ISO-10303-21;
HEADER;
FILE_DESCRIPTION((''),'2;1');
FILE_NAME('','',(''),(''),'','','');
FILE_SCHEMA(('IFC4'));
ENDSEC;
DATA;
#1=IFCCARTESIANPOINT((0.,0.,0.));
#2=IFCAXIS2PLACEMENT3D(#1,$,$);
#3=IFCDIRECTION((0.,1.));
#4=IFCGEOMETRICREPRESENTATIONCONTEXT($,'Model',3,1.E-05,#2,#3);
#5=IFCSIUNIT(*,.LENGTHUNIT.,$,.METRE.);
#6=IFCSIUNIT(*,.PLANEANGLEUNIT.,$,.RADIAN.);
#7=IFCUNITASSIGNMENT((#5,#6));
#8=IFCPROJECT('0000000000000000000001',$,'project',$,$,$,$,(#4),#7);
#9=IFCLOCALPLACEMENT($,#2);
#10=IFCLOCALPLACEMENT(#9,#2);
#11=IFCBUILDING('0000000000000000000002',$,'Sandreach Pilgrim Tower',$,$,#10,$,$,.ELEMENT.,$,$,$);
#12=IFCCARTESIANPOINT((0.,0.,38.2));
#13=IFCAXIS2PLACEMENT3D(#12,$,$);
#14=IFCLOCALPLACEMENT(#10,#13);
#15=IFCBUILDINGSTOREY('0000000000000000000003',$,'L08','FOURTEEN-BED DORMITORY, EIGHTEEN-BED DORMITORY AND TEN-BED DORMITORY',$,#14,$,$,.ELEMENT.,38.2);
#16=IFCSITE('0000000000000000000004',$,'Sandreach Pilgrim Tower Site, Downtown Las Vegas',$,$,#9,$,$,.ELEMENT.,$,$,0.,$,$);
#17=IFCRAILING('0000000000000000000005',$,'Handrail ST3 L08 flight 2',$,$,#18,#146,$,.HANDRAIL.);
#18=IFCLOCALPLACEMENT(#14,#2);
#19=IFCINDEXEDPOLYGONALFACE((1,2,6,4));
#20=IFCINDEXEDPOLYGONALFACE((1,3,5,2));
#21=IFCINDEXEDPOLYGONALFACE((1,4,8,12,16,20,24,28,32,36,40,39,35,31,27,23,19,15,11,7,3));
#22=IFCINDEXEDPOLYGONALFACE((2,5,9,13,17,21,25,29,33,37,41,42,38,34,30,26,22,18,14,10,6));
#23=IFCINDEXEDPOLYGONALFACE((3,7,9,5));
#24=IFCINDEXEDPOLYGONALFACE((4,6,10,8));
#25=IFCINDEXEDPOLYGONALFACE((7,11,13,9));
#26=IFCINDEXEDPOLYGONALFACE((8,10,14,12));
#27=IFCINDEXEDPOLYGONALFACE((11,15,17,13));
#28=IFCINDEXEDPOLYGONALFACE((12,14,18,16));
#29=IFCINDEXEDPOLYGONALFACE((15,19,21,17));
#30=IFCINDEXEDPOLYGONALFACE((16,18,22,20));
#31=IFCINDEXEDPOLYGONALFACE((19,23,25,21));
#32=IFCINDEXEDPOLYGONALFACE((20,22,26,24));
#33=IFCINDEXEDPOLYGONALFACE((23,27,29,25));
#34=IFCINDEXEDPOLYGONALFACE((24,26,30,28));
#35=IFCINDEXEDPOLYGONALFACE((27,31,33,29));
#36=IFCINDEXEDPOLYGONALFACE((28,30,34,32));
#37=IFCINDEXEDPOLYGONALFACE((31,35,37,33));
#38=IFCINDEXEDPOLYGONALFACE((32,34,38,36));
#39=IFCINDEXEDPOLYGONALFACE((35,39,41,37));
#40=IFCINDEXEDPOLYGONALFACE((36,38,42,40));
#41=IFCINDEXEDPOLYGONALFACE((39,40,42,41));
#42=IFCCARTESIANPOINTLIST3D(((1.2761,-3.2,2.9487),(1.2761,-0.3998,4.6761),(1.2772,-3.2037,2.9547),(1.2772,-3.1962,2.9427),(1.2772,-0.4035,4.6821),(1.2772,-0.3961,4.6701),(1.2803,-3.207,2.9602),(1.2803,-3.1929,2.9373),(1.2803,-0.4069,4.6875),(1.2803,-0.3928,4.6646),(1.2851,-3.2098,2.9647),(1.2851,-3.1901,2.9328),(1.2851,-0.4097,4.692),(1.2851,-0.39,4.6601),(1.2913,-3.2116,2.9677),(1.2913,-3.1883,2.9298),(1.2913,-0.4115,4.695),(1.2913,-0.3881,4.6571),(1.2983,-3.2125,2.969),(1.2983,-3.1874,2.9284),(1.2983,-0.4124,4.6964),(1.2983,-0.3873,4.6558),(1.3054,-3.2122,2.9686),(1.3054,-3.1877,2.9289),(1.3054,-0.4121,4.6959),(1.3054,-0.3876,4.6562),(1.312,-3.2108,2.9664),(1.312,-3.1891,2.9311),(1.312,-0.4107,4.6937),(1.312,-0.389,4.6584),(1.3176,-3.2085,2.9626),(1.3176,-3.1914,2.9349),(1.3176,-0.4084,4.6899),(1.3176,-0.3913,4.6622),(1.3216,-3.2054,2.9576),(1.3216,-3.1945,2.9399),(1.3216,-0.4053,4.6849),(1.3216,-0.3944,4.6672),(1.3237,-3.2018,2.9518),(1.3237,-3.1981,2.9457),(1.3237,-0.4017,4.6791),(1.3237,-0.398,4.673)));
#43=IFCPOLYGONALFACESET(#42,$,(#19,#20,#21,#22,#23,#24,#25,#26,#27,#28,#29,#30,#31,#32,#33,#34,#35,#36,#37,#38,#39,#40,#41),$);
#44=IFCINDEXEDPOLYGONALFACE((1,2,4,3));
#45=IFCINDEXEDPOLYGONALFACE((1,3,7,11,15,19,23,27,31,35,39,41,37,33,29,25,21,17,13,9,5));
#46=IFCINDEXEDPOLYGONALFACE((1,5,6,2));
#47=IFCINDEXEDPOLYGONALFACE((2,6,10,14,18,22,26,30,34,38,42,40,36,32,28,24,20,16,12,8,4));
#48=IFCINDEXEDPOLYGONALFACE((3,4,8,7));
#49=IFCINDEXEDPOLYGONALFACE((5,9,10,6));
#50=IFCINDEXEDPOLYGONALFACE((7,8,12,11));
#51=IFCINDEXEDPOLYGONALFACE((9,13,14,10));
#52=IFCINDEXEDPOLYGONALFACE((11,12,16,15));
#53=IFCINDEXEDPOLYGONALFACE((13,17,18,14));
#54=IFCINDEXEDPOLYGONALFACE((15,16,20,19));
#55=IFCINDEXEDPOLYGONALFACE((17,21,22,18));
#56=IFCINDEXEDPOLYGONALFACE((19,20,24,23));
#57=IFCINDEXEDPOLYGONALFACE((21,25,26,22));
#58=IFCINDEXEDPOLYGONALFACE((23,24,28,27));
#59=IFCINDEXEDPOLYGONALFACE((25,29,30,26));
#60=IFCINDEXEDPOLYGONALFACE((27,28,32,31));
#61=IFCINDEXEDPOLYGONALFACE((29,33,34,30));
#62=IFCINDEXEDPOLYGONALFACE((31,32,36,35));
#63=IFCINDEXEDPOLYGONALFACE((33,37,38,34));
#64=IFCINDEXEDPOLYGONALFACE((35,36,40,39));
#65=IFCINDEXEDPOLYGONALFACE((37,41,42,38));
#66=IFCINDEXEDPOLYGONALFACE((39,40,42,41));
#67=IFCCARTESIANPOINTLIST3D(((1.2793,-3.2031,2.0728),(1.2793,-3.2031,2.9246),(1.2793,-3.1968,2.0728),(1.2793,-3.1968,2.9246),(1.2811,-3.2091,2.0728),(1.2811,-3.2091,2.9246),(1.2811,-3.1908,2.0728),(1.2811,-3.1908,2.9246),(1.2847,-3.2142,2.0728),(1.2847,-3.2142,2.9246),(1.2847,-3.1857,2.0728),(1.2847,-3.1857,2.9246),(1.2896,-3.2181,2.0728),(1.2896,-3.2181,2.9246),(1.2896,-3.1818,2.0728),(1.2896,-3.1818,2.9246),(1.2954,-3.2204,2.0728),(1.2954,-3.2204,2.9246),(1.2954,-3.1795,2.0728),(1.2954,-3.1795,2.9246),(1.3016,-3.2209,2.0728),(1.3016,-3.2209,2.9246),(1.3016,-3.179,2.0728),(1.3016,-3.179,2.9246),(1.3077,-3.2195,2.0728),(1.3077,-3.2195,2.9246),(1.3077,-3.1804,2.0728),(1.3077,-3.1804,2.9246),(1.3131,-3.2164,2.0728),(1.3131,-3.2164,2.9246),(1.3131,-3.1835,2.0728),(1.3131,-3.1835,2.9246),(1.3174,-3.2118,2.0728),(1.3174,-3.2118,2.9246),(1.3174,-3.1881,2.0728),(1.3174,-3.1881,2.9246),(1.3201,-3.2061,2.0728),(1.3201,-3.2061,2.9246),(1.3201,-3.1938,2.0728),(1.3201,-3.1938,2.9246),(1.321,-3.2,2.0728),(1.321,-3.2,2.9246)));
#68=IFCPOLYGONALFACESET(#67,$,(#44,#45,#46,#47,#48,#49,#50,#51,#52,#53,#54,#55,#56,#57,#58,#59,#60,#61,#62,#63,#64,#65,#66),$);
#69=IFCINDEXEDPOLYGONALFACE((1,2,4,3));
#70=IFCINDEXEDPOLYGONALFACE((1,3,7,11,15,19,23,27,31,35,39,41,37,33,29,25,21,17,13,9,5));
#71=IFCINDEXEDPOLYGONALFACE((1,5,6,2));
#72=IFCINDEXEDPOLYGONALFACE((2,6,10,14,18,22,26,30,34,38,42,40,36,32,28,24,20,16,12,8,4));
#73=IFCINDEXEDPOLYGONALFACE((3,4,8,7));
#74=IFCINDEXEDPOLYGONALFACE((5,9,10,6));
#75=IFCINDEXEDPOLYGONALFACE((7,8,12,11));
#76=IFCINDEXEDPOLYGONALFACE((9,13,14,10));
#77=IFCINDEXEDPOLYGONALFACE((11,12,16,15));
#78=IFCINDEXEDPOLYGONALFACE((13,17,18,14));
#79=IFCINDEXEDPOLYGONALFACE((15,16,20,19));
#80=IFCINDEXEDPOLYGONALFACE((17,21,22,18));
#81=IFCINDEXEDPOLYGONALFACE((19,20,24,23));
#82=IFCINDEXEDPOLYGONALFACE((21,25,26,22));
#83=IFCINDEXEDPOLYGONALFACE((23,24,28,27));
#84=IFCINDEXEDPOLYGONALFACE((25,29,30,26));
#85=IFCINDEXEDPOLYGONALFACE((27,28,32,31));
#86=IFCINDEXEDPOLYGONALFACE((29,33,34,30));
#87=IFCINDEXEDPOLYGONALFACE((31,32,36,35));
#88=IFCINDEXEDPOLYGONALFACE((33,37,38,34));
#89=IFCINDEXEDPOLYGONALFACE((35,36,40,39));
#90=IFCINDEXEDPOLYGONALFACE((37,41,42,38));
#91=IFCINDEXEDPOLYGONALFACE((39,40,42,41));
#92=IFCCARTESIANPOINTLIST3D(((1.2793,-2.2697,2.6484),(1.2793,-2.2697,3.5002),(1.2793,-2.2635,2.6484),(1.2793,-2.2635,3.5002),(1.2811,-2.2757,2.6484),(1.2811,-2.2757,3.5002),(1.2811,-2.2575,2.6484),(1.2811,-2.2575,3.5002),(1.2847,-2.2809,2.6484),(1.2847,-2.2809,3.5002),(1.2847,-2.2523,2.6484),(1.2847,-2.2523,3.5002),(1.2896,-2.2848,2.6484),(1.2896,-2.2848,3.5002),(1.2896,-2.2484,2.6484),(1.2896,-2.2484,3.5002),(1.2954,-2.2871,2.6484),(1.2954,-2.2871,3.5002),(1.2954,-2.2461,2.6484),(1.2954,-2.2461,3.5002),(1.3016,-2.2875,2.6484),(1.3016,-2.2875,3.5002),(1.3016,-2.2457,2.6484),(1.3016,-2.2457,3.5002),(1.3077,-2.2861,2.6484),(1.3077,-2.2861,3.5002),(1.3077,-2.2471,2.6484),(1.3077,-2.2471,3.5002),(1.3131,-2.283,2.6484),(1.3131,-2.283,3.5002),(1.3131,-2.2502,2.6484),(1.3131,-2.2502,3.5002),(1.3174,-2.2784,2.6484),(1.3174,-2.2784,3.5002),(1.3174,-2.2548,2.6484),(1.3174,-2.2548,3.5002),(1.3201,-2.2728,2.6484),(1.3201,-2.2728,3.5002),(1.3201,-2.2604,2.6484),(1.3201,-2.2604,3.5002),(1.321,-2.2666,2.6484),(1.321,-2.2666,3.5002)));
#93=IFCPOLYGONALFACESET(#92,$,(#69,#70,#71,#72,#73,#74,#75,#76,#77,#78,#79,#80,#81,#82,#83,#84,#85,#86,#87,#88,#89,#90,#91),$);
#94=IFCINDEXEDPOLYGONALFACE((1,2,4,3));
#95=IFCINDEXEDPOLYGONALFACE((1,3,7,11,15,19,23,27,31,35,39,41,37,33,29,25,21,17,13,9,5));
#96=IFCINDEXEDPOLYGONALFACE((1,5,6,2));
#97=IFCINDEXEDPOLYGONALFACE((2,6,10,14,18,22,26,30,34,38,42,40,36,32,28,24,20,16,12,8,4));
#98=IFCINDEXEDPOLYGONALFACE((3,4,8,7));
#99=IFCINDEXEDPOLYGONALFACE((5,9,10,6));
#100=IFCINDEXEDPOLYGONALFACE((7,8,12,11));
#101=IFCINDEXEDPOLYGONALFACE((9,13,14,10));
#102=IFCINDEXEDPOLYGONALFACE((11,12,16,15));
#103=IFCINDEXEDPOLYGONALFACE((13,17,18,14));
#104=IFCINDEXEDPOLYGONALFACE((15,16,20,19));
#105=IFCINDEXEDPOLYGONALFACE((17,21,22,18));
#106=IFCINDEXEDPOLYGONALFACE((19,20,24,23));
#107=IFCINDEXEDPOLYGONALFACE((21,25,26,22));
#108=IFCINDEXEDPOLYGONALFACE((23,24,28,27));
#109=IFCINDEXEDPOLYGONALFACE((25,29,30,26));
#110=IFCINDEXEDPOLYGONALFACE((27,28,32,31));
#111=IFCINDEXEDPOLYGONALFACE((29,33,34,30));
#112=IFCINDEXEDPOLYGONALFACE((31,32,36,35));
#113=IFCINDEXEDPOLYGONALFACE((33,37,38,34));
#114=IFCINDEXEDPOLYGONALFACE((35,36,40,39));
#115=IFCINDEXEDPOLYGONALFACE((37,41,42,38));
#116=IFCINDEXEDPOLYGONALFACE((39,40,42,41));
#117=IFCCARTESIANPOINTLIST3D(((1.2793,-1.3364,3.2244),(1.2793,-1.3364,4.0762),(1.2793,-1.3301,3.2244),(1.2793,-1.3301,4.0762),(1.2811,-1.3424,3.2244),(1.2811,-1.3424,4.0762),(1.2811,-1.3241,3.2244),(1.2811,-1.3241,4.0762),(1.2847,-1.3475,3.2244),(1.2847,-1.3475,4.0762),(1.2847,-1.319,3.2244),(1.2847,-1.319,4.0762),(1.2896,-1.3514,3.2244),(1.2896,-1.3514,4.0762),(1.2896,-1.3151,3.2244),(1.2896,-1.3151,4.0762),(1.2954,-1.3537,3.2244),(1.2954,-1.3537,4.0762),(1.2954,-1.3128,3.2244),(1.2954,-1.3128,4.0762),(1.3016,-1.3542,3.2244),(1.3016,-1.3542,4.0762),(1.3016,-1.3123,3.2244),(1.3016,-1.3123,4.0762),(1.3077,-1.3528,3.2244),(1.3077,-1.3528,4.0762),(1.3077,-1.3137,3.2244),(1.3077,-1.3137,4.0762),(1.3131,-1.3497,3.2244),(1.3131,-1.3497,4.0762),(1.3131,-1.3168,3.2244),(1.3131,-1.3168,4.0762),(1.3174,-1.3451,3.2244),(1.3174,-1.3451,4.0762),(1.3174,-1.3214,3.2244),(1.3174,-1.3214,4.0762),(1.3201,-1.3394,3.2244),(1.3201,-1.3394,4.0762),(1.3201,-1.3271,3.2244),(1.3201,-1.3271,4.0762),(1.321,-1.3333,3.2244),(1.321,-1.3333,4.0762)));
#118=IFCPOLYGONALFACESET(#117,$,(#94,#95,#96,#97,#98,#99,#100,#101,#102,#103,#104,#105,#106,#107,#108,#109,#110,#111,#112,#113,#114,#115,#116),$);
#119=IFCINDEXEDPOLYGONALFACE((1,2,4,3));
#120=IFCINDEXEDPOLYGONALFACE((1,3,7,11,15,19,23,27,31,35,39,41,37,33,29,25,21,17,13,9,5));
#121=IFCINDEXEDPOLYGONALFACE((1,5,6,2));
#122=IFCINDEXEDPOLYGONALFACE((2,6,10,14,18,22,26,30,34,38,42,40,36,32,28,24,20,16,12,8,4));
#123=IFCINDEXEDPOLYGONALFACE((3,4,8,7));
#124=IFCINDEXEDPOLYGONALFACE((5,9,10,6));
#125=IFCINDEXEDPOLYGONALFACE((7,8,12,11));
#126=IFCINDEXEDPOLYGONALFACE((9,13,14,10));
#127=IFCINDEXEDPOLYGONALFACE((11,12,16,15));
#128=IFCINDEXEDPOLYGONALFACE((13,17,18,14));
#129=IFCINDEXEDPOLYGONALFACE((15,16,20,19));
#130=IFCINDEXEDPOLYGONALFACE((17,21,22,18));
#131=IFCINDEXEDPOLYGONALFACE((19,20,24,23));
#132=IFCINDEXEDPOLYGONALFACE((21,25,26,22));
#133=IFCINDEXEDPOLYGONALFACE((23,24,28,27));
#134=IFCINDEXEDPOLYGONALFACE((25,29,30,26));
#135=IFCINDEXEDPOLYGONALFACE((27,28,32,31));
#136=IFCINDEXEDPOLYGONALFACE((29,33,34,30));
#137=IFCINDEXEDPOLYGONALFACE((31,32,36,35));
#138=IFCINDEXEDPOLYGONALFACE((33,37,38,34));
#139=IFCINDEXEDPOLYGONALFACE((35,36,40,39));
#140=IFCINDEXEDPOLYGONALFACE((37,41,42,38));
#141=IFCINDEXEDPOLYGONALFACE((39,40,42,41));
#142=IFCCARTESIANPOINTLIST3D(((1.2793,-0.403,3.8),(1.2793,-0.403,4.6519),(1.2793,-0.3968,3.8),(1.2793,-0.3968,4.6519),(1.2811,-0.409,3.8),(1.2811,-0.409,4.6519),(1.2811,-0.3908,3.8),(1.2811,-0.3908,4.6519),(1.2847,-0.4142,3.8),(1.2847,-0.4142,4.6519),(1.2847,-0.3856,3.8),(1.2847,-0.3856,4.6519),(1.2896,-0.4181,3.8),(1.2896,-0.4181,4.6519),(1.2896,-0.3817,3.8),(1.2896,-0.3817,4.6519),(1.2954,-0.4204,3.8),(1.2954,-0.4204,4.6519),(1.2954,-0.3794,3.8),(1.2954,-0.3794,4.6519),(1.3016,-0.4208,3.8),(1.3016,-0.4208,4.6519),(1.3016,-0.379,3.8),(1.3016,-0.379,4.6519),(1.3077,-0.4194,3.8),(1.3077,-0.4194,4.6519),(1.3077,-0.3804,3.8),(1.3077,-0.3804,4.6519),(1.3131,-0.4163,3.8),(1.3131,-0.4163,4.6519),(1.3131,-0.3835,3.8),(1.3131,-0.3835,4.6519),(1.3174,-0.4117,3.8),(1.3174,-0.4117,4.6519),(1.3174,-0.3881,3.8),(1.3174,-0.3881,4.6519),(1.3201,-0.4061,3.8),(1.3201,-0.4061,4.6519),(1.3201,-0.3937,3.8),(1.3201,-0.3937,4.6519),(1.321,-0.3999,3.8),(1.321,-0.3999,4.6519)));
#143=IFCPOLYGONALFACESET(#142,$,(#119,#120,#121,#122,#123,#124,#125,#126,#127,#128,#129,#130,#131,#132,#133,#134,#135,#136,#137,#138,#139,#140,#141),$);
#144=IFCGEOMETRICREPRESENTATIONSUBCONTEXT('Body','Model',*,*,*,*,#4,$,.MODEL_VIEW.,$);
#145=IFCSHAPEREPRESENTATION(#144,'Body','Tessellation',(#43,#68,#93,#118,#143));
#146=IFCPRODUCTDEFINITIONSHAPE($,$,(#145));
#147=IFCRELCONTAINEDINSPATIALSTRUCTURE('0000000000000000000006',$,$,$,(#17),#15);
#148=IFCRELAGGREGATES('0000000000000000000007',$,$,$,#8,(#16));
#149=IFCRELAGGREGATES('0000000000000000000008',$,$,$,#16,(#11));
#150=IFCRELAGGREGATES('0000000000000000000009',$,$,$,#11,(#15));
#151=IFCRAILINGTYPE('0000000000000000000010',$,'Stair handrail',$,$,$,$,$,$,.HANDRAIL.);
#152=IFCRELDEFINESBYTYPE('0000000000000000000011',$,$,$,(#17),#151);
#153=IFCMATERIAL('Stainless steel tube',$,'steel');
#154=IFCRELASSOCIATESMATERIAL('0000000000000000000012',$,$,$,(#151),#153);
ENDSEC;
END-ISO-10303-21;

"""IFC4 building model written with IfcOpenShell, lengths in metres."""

from ifc_helpers import new_model, si_unit, direction, frame, origin, origin_2d, place, context, subcontext, project, spatial, circle, extrude, material, type_object, element, save


model = new_model("IFC4")

# Units and contexts
model_context = context("Model", 3, precision=1e-05, world=origin(), true_north=direction((0.0, 1.0)))
body_context = subcontext(model_context, "Body", "Model", "MODEL_VIEW")
ifc_project = project(units=[si_unit("LENGTHUNIT", "METRE"), si_unit("PLANEANGLEUNIT", "RADIAN")], contexts=[model_context])

# Site, building, storey
site_placement = place(None, origin())
site = spatial("IfcSite", under=ifc_project, at=site_placement, Name="Sandreach Pilgrim Tower Site, Downtown Las Vegas", CompositionType="ELEMENT", RefElevation=0.0)
building_placement = place(site_placement, origin())
building = spatial("IfcBuilding", under=site, at=building_placement, Name="Sandreach Pilgrim Tower", CompositionType="ELEMENT")
storey_placement = place(building_placement, frame((0.0, 0.0, 38.2)))
storey = spatial("IfcBuildingStorey", under=building, at=storey_placement, Name="L08", Description="FOURTEEN-BED DORMITORY, EIGHTEEN-BED DORMITORY AND TEN-BED DORMITORY", CompositionType="ELEMENT", Elevation=38.2)

# Railing
ifc_material_1 = material(Name="Stainless steel tube", Category="steel")
railing_type = type_object("IfcRailingType", Name="Stair handrail", PredefinedType="HANDRAIL", material=ifc_material_1)
for number, where, name in (
    (1, (1.3, -3.2, 2.0728), "Handrail ST3 L08 flight 2"),
):
    element("IfcRailing", number, at=place(storey_placement, frame(where)), inside=storey, type_object=railing_type, Name=name, PredefinedType="HANDRAIL", context=body_context, shape_type="SweptSolid", body=[
        extrude(circle(Radius=0.0239, at=origin_2d()), frame((0.0, 0.0, 0.876), z_axis=(0.0, 0.85109, 0.52502), x_axis=(-1.0, 0.0, 0.0)), (0.0, 0.0, 1.0), 3.29),
        extrude(circle(Radius=0.021, at=origin_2d()), origin(), (0.0, 0.0, 1.0), 0.8518),
        extrude(circle(Radius=0.021, at=origin_2d()), frame((0.0, 0.9333, 0.5757)), (0.0, 0.0, 1.0), 0.8518),
        extrude(circle(Radius=0.021, at=origin_2d()), frame((0.0, 1.8667, 1.1516)), (0.0, 0.0, 1.0), 0.8518),
        extrude(circle(Radius=0.021, at=origin_2d()), frame((0.0, 2.8, 1.7273)), (0.0, 0.0, 1.0), 0.8518),
    ])

save(model, "model.ifc")
